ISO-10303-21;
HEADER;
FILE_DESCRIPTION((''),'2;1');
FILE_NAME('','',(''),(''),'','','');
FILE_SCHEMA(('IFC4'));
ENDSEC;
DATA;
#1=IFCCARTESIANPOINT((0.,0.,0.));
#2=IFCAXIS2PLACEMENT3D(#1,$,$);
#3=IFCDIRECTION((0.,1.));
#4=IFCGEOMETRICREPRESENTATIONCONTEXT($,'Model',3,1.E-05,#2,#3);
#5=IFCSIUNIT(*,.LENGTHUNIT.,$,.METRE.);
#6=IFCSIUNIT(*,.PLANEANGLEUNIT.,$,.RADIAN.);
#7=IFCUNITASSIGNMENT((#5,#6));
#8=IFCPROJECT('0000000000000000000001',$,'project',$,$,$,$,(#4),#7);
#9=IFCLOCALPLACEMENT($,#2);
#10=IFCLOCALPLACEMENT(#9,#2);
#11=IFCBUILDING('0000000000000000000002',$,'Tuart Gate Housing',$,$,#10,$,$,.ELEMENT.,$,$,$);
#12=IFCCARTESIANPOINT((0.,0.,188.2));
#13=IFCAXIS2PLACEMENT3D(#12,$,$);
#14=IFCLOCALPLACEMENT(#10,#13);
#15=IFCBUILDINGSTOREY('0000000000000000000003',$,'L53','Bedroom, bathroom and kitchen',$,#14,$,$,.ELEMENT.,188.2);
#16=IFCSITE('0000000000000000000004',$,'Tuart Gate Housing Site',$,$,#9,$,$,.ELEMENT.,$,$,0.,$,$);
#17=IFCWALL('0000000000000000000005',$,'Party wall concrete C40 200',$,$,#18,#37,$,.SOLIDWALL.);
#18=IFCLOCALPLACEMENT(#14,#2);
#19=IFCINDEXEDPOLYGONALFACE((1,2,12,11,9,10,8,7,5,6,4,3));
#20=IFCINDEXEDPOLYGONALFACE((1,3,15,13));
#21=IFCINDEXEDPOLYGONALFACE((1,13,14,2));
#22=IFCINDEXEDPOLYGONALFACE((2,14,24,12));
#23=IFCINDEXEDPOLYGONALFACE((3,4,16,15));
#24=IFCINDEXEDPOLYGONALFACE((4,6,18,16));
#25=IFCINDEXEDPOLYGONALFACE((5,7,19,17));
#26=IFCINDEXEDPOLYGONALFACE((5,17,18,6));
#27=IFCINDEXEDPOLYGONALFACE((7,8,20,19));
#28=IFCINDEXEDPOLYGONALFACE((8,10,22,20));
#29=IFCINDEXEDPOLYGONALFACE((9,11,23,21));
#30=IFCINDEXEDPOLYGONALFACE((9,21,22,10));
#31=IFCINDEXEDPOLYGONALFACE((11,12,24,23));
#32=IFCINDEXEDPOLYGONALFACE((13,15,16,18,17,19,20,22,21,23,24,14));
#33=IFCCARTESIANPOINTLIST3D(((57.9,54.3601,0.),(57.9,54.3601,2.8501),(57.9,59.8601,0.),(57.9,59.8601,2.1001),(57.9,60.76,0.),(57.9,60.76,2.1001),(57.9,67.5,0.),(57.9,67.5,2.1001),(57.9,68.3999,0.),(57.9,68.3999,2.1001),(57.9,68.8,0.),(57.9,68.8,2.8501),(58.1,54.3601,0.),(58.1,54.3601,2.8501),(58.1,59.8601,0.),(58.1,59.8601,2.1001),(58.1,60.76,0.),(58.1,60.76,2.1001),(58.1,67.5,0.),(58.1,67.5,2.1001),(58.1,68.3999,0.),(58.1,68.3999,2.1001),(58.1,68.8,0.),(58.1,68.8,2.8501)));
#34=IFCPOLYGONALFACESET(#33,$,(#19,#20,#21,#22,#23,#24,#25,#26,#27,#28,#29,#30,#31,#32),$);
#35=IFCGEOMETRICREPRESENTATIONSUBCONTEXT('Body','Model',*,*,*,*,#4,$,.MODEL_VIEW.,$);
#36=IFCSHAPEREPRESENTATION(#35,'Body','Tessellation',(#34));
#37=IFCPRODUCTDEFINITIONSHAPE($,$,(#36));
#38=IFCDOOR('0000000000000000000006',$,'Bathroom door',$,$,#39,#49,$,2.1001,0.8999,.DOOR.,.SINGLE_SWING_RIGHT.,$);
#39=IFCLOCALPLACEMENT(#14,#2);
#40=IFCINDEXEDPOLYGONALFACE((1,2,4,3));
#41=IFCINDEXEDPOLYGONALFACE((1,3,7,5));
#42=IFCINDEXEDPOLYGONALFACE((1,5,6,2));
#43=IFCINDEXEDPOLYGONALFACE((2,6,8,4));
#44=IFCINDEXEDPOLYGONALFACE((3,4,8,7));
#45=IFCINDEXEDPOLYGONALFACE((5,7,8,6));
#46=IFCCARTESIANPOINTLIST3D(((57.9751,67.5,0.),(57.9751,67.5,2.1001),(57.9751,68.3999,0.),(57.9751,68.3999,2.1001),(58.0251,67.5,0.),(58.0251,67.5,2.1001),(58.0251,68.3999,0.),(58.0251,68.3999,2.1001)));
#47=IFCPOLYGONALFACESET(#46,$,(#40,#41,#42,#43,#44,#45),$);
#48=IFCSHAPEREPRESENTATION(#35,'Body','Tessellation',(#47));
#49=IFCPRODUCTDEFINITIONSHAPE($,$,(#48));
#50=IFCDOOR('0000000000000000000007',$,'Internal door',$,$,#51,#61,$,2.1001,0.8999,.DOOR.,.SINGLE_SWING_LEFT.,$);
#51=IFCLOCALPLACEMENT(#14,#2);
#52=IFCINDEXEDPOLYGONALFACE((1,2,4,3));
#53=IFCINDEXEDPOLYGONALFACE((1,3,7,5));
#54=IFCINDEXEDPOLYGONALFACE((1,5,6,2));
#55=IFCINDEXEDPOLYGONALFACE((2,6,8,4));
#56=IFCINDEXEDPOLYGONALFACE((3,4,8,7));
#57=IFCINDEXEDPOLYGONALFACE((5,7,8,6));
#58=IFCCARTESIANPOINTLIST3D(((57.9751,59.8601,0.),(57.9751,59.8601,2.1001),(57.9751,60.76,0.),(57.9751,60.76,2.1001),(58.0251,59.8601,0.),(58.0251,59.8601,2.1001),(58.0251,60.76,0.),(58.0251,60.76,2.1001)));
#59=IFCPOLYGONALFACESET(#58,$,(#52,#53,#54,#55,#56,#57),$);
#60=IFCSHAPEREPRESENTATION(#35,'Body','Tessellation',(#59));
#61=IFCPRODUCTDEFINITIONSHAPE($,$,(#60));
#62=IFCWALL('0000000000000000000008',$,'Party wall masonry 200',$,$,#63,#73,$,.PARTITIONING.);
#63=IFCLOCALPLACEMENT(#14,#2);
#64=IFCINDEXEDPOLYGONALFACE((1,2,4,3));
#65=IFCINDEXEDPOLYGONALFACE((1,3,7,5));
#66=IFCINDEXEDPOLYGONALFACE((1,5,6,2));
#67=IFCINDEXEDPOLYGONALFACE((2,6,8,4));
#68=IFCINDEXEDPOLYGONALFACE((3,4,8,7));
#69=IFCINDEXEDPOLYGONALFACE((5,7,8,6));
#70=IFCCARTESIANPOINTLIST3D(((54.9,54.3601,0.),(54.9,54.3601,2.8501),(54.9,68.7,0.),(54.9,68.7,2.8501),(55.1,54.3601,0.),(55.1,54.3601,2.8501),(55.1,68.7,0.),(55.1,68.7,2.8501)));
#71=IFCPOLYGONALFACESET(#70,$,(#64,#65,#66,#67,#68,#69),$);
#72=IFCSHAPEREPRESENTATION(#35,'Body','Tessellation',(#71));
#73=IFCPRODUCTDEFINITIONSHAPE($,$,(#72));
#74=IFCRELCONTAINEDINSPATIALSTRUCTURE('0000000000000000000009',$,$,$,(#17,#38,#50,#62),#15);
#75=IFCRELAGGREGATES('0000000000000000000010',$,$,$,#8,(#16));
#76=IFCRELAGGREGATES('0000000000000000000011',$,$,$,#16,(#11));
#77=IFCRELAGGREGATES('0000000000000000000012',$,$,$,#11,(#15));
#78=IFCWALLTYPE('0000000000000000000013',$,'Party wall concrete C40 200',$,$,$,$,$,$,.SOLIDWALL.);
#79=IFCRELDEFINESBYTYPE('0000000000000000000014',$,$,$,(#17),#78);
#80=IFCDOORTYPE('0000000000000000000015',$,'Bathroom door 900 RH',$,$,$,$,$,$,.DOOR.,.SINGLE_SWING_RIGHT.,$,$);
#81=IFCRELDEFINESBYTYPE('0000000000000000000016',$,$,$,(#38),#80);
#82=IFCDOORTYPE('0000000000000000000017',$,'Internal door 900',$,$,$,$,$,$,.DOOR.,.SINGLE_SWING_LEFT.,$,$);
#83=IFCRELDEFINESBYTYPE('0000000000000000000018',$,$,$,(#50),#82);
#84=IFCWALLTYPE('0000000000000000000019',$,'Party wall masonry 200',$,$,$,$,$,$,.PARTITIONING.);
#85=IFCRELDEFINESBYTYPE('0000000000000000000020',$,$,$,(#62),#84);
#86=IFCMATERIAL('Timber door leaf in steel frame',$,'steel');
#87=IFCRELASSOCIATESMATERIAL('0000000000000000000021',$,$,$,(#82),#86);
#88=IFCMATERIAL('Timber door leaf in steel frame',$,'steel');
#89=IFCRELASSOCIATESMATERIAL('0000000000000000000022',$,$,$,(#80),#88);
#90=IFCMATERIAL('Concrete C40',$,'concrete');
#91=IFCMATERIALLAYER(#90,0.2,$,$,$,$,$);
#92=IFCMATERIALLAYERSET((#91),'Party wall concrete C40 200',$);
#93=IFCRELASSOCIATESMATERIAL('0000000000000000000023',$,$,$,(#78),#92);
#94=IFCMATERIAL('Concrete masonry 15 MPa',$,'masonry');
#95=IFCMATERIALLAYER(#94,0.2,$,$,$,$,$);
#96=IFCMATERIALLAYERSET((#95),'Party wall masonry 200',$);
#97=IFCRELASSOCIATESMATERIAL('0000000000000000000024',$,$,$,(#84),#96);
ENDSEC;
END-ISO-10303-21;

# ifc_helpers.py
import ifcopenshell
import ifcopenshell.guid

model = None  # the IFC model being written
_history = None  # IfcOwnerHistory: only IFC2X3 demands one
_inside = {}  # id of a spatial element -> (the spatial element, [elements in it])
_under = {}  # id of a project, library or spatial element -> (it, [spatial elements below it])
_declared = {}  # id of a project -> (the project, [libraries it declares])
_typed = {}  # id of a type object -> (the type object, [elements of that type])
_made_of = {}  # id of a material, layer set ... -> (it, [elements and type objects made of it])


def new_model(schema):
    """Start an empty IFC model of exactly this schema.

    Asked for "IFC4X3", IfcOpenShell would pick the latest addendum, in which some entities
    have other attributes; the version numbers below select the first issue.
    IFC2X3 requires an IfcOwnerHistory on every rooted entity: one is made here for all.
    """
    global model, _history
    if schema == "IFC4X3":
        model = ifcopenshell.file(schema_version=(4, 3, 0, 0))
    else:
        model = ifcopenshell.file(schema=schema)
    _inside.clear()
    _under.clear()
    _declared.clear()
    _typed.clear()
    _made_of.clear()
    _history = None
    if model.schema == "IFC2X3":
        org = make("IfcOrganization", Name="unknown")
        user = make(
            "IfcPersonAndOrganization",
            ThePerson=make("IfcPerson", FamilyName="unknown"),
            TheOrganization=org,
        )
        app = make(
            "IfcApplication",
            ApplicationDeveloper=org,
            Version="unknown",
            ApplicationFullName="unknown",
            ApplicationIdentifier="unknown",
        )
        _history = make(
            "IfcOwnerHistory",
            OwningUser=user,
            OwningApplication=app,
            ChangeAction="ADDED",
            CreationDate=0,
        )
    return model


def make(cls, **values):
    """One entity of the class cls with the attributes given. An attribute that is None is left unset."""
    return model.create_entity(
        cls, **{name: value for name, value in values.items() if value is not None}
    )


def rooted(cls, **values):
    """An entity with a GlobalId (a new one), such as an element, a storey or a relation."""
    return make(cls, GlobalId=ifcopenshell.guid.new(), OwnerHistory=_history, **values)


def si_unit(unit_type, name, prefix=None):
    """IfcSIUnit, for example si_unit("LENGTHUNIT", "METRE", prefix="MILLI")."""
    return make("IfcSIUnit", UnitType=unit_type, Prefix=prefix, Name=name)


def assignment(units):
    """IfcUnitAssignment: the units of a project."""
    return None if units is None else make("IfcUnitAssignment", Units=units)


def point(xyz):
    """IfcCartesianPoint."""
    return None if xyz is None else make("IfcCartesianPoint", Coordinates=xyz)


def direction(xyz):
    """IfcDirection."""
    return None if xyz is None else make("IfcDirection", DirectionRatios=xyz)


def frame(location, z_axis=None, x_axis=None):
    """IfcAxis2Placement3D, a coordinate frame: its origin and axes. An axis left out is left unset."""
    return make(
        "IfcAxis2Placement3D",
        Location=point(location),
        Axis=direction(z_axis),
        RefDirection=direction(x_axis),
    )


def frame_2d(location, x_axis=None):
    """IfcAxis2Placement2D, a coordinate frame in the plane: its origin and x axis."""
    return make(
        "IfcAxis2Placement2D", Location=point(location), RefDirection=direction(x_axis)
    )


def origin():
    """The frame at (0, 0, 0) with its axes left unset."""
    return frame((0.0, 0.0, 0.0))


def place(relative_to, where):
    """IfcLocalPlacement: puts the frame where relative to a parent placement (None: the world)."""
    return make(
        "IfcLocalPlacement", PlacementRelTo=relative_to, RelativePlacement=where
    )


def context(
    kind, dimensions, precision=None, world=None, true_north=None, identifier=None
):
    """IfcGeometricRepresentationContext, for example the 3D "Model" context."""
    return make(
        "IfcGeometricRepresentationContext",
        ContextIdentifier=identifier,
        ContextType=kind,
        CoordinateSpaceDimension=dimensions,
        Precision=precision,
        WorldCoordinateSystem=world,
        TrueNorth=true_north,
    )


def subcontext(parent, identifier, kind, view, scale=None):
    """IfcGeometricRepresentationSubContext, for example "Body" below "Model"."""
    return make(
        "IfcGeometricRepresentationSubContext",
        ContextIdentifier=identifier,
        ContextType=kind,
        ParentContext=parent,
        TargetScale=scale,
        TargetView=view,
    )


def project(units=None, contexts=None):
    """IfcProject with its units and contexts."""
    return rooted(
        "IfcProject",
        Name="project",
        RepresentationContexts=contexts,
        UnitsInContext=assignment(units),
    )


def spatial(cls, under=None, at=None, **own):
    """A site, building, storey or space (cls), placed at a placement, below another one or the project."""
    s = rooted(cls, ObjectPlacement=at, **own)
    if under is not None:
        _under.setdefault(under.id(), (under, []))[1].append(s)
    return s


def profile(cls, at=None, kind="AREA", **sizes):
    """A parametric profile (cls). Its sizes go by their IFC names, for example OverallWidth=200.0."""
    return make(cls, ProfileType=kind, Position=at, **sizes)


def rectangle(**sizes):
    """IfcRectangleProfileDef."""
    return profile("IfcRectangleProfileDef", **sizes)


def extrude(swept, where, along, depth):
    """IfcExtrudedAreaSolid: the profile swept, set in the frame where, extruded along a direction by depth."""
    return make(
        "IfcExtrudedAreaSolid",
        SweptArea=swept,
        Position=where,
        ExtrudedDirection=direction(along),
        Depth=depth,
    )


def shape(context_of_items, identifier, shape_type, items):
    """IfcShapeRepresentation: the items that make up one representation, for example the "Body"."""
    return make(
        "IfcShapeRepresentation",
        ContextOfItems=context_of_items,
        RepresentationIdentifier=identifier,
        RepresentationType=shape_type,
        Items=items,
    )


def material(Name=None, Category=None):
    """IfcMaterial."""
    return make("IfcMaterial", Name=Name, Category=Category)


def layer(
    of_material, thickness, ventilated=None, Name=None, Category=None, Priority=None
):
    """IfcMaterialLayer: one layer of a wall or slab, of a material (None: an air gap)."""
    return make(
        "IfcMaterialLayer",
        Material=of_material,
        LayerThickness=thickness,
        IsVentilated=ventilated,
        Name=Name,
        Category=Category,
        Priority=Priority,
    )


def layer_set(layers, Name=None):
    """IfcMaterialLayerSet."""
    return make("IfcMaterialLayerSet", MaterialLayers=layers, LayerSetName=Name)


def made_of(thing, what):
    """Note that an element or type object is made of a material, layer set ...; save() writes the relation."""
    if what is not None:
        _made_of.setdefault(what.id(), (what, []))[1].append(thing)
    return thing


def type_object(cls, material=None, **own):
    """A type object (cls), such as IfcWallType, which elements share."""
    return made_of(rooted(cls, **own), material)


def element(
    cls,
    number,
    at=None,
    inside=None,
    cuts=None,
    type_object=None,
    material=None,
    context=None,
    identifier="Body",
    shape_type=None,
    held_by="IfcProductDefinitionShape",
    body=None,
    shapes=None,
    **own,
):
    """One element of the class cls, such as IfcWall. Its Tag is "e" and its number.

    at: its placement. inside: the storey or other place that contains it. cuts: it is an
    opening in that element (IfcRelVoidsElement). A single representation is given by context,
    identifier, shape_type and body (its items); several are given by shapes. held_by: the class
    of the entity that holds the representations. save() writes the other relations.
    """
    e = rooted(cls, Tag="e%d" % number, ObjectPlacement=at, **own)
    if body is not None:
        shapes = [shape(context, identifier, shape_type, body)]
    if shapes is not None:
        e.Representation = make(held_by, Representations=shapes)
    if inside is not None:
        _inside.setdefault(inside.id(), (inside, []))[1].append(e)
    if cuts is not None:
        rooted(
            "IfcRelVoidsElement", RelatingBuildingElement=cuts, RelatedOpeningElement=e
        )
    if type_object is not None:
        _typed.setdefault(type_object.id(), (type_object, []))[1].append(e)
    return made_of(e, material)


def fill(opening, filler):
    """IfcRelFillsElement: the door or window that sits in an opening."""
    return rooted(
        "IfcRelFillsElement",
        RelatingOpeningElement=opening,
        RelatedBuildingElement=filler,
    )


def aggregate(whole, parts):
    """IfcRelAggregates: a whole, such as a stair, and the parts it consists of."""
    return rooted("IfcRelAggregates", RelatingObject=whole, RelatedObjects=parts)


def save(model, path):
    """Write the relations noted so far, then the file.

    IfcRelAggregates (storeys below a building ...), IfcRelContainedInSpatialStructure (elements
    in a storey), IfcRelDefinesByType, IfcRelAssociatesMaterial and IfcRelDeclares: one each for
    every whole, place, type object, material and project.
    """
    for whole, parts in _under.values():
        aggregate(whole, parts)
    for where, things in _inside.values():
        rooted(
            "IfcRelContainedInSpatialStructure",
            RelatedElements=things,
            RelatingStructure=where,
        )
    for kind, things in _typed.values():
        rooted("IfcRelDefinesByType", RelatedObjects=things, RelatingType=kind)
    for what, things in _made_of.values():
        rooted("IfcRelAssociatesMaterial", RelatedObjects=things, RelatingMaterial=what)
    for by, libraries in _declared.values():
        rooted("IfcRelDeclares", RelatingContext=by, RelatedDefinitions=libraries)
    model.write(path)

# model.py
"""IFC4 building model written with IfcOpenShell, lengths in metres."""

from ifc_helpers import new_model, si_unit, direction, frame, frame_2d, origin, place, context, subcontext, project, spatial, rectangle, extrude, material, layer, layer_set, type_object, element, fill, save


model = new_model("IFC4")

# Units and contexts
model_context = context("Model", 3, precision=1e-05, world=origin(), true_north=direction((0.0, 1.0)))
body_context = subcontext(model_context, "Body", "Model", "MODEL_VIEW")
ifc_project = project(units=[si_unit("LENGTHUNIT", "METRE"), si_unit("PLANEANGLEUNIT", "RADIAN")], contexts=[model_context])

# Site, building, storey
site_placement = place(None, origin())
site = spatial("IfcSite", under=ifc_project, at=site_placement, Name="Tuart Gate Housing Site", CompositionType="ELEMENT", RefElevation=0.0)
building_placement = place(site_placement, origin())
building = spatial("IfcBuilding", under=site, at=building_placement, Name="Tuart Gate Housing", CompositionType="ELEMENT")
storey_placement = place(building_placement, frame((0.0, 0.0, 188.2)))
storey = spatial("IfcBuildingStorey", under=building, at=storey_placement, Name="L53", Description="Bedroom, bathroom and kitchen", CompositionType="ELEMENT", Elevation=188.2)

# Shared definitions
ifc_material_1 = material(Name="Timber door leaf in steel frame", Category="steel")
door_type_1 = type_object("IfcDoorType", Name="Internal door 900", OperationType="SINGLE_SWING_LEFT", PredefinedType="DOOR", material=ifc_material_1)

# Shared definitions
ifc_material_2 = material(Name="Timber door leaf in steel frame", Category="steel")
door_type_2 = type_object("IfcDoorType", Name="Bathroom door 900 RH", OperationType="SINGLE_SWING_RIGHT", PredefinedType="DOOR", material=ifc_material_2)

# Shared definitions
ifc_material_3 = material(Name="Concrete C40", Category="concrete")
ifc_layer_1 = layer(ifc_material_3, 0.2)
ifc_layer_set_1 = layer_set([ifc_layer_1], Name="Party wall concrete C40 200")
wall_type_1 = type_object("IfcWallType", Name="Party wall concrete C40 200", PredefinedType="SOLIDWALL", material=ifc_layer_set_1)

# Wall, openings, doors
wall_1_placement = place(storey_placement, frame((58.0, 54.3601, 0.0), z_axis=(0.0, 0.0, 1.0), x_axis=(0.0, 1.0, 0.0)))
wall_1 = element("IfcWall", 1, at=wall_1_placement, inside=storey, type_object=wall_type_1, Name="Party wall concrete C40 200", PredefinedType="SOLIDWALL", context=body_context, shape_type="SweptSolid", body=[
    extrude(rectangle(XDim=14.4399, YDim=0.2, at=frame_2d((7.22, 0.0))), origin(), (0.0, 0.0, 1.0), 2.8501),
])
opening_1_placement = place(wall_1_placement, frame((5.5, 0.0, 0.0)))
opening_1 = element("IfcOpeningElement", 2, at=opening_1_placement, cuts=wall_1, PredefinedType="OPENING", context=body_context, shape_type="SweptSolid", body=[
    extrude(rectangle(XDim=0.8999, YDim=2.1001, at=frame_2d((0.45, 1.05))), frame((0.0, 0.1099, 0.0), z_axis=(0.0, -1.0, 0.0), x_axis=(1.0, 0.0, 0.0)), (0.0, 0.0, 1.0), 0.22),
])
opening_2_placement = place(wall_1_placement, frame((13.1399, 0.0, 0.0)))
opening_2 = element("IfcOpeningElement", 3, at=opening_2_placement, cuts=wall_1, PredefinedType="OPENING", context=body_context, shape_type="SweptSolid", body=[
    extrude(rectangle(XDim=0.8999, YDim=2.1001, at=frame_2d((0.45, 1.05))), frame((0.0, 0.1099, 0.0), z_axis=(0.0, -1.0, 0.0), x_axis=(1.0, 0.0, 0.0)), (0.0, 0.0, 1.0), 0.22),
])
door_1_placement = place(opening_2_placement, origin())
door_1 = element("IfcDoor", 4, at=door_1_placement, inside=storey, type_object=door_type_2, Name="Bathroom door", OperationType="SINGLE_SWING_RIGHT", OverallHeight=2.1001, OverallWidth=0.8999, PredefinedType="DOOR", context=body_context, shape_type="SweptSolid", body=[
    extrude(rectangle(XDim=0.8999, YDim=2.1001, at=frame_2d((0.45, 1.05))), frame((0.0, 0.0249, 0.0), z_axis=(0.0, -1.0, 0.0), x_axis=(1.0, 0.0, 0.0)), (0.0, 0.0, 1.0), 0.05),
])
fill(opening_2, door_1)
door_2_placement = place(opening_1_placement, origin())
door_2 = element("IfcDoor", 5, at=door_2_placement, inside=storey, type_object=door_type_1, Name="Internal door", OperationType="SINGLE_SWING_LEFT", OverallHeight=2.1001, OverallWidth=0.8999, PredefinedType="DOOR", context=body_context, shape_type="SweptSolid", body=[
    extrude(rectangle(XDim=0.8999, YDim=2.1001, at=frame_2d((0.45, 1.05))), frame((0.0, 0.0249, 0.0), z_axis=(0.0, -1.0, 0.0), x_axis=(1.0, 0.0, 0.0)), (0.0, 0.0, 1.0), 0.05),
])
fill(opening_1, door_2)

# Wall
ifc_material_4 = material(Name="Concrete masonry 15 MPa", Category="masonry")
ifc_layer_2 = layer(ifc_material_4, 0.2)
ifc_layer_set_2 = layer_set([ifc_layer_2], Name="Party wall masonry 200")
wall_type_2 = type_object("IfcWallType", Name="Party wall masonry 200", PredefinedType="PARTITIONING", material=ifc_layer_set_2)
wall_2_placement = place(storey_placement, frame((55.0, 54.3601, 0.0), z_axis=(0.0, 0.0, 1.0), x_axis=(0.0, 1.0, 0.0)))
element("IfcWall", 6, at=wall_2_placement, inside=storey, type_object=wall_type_2, Name="Party wall masonry 200", PredefinedType="PARTITIONING", context=body_context, shape_type="SweptSolid", body=[
    extrude(rectangle(XDim=14.3398, YDim=0.2, at=frame_2d((7.1699, 0.0))), origin(), (0.0, 0.0, 1.0), 2.8501),
])

save(model, "model.ifc")
